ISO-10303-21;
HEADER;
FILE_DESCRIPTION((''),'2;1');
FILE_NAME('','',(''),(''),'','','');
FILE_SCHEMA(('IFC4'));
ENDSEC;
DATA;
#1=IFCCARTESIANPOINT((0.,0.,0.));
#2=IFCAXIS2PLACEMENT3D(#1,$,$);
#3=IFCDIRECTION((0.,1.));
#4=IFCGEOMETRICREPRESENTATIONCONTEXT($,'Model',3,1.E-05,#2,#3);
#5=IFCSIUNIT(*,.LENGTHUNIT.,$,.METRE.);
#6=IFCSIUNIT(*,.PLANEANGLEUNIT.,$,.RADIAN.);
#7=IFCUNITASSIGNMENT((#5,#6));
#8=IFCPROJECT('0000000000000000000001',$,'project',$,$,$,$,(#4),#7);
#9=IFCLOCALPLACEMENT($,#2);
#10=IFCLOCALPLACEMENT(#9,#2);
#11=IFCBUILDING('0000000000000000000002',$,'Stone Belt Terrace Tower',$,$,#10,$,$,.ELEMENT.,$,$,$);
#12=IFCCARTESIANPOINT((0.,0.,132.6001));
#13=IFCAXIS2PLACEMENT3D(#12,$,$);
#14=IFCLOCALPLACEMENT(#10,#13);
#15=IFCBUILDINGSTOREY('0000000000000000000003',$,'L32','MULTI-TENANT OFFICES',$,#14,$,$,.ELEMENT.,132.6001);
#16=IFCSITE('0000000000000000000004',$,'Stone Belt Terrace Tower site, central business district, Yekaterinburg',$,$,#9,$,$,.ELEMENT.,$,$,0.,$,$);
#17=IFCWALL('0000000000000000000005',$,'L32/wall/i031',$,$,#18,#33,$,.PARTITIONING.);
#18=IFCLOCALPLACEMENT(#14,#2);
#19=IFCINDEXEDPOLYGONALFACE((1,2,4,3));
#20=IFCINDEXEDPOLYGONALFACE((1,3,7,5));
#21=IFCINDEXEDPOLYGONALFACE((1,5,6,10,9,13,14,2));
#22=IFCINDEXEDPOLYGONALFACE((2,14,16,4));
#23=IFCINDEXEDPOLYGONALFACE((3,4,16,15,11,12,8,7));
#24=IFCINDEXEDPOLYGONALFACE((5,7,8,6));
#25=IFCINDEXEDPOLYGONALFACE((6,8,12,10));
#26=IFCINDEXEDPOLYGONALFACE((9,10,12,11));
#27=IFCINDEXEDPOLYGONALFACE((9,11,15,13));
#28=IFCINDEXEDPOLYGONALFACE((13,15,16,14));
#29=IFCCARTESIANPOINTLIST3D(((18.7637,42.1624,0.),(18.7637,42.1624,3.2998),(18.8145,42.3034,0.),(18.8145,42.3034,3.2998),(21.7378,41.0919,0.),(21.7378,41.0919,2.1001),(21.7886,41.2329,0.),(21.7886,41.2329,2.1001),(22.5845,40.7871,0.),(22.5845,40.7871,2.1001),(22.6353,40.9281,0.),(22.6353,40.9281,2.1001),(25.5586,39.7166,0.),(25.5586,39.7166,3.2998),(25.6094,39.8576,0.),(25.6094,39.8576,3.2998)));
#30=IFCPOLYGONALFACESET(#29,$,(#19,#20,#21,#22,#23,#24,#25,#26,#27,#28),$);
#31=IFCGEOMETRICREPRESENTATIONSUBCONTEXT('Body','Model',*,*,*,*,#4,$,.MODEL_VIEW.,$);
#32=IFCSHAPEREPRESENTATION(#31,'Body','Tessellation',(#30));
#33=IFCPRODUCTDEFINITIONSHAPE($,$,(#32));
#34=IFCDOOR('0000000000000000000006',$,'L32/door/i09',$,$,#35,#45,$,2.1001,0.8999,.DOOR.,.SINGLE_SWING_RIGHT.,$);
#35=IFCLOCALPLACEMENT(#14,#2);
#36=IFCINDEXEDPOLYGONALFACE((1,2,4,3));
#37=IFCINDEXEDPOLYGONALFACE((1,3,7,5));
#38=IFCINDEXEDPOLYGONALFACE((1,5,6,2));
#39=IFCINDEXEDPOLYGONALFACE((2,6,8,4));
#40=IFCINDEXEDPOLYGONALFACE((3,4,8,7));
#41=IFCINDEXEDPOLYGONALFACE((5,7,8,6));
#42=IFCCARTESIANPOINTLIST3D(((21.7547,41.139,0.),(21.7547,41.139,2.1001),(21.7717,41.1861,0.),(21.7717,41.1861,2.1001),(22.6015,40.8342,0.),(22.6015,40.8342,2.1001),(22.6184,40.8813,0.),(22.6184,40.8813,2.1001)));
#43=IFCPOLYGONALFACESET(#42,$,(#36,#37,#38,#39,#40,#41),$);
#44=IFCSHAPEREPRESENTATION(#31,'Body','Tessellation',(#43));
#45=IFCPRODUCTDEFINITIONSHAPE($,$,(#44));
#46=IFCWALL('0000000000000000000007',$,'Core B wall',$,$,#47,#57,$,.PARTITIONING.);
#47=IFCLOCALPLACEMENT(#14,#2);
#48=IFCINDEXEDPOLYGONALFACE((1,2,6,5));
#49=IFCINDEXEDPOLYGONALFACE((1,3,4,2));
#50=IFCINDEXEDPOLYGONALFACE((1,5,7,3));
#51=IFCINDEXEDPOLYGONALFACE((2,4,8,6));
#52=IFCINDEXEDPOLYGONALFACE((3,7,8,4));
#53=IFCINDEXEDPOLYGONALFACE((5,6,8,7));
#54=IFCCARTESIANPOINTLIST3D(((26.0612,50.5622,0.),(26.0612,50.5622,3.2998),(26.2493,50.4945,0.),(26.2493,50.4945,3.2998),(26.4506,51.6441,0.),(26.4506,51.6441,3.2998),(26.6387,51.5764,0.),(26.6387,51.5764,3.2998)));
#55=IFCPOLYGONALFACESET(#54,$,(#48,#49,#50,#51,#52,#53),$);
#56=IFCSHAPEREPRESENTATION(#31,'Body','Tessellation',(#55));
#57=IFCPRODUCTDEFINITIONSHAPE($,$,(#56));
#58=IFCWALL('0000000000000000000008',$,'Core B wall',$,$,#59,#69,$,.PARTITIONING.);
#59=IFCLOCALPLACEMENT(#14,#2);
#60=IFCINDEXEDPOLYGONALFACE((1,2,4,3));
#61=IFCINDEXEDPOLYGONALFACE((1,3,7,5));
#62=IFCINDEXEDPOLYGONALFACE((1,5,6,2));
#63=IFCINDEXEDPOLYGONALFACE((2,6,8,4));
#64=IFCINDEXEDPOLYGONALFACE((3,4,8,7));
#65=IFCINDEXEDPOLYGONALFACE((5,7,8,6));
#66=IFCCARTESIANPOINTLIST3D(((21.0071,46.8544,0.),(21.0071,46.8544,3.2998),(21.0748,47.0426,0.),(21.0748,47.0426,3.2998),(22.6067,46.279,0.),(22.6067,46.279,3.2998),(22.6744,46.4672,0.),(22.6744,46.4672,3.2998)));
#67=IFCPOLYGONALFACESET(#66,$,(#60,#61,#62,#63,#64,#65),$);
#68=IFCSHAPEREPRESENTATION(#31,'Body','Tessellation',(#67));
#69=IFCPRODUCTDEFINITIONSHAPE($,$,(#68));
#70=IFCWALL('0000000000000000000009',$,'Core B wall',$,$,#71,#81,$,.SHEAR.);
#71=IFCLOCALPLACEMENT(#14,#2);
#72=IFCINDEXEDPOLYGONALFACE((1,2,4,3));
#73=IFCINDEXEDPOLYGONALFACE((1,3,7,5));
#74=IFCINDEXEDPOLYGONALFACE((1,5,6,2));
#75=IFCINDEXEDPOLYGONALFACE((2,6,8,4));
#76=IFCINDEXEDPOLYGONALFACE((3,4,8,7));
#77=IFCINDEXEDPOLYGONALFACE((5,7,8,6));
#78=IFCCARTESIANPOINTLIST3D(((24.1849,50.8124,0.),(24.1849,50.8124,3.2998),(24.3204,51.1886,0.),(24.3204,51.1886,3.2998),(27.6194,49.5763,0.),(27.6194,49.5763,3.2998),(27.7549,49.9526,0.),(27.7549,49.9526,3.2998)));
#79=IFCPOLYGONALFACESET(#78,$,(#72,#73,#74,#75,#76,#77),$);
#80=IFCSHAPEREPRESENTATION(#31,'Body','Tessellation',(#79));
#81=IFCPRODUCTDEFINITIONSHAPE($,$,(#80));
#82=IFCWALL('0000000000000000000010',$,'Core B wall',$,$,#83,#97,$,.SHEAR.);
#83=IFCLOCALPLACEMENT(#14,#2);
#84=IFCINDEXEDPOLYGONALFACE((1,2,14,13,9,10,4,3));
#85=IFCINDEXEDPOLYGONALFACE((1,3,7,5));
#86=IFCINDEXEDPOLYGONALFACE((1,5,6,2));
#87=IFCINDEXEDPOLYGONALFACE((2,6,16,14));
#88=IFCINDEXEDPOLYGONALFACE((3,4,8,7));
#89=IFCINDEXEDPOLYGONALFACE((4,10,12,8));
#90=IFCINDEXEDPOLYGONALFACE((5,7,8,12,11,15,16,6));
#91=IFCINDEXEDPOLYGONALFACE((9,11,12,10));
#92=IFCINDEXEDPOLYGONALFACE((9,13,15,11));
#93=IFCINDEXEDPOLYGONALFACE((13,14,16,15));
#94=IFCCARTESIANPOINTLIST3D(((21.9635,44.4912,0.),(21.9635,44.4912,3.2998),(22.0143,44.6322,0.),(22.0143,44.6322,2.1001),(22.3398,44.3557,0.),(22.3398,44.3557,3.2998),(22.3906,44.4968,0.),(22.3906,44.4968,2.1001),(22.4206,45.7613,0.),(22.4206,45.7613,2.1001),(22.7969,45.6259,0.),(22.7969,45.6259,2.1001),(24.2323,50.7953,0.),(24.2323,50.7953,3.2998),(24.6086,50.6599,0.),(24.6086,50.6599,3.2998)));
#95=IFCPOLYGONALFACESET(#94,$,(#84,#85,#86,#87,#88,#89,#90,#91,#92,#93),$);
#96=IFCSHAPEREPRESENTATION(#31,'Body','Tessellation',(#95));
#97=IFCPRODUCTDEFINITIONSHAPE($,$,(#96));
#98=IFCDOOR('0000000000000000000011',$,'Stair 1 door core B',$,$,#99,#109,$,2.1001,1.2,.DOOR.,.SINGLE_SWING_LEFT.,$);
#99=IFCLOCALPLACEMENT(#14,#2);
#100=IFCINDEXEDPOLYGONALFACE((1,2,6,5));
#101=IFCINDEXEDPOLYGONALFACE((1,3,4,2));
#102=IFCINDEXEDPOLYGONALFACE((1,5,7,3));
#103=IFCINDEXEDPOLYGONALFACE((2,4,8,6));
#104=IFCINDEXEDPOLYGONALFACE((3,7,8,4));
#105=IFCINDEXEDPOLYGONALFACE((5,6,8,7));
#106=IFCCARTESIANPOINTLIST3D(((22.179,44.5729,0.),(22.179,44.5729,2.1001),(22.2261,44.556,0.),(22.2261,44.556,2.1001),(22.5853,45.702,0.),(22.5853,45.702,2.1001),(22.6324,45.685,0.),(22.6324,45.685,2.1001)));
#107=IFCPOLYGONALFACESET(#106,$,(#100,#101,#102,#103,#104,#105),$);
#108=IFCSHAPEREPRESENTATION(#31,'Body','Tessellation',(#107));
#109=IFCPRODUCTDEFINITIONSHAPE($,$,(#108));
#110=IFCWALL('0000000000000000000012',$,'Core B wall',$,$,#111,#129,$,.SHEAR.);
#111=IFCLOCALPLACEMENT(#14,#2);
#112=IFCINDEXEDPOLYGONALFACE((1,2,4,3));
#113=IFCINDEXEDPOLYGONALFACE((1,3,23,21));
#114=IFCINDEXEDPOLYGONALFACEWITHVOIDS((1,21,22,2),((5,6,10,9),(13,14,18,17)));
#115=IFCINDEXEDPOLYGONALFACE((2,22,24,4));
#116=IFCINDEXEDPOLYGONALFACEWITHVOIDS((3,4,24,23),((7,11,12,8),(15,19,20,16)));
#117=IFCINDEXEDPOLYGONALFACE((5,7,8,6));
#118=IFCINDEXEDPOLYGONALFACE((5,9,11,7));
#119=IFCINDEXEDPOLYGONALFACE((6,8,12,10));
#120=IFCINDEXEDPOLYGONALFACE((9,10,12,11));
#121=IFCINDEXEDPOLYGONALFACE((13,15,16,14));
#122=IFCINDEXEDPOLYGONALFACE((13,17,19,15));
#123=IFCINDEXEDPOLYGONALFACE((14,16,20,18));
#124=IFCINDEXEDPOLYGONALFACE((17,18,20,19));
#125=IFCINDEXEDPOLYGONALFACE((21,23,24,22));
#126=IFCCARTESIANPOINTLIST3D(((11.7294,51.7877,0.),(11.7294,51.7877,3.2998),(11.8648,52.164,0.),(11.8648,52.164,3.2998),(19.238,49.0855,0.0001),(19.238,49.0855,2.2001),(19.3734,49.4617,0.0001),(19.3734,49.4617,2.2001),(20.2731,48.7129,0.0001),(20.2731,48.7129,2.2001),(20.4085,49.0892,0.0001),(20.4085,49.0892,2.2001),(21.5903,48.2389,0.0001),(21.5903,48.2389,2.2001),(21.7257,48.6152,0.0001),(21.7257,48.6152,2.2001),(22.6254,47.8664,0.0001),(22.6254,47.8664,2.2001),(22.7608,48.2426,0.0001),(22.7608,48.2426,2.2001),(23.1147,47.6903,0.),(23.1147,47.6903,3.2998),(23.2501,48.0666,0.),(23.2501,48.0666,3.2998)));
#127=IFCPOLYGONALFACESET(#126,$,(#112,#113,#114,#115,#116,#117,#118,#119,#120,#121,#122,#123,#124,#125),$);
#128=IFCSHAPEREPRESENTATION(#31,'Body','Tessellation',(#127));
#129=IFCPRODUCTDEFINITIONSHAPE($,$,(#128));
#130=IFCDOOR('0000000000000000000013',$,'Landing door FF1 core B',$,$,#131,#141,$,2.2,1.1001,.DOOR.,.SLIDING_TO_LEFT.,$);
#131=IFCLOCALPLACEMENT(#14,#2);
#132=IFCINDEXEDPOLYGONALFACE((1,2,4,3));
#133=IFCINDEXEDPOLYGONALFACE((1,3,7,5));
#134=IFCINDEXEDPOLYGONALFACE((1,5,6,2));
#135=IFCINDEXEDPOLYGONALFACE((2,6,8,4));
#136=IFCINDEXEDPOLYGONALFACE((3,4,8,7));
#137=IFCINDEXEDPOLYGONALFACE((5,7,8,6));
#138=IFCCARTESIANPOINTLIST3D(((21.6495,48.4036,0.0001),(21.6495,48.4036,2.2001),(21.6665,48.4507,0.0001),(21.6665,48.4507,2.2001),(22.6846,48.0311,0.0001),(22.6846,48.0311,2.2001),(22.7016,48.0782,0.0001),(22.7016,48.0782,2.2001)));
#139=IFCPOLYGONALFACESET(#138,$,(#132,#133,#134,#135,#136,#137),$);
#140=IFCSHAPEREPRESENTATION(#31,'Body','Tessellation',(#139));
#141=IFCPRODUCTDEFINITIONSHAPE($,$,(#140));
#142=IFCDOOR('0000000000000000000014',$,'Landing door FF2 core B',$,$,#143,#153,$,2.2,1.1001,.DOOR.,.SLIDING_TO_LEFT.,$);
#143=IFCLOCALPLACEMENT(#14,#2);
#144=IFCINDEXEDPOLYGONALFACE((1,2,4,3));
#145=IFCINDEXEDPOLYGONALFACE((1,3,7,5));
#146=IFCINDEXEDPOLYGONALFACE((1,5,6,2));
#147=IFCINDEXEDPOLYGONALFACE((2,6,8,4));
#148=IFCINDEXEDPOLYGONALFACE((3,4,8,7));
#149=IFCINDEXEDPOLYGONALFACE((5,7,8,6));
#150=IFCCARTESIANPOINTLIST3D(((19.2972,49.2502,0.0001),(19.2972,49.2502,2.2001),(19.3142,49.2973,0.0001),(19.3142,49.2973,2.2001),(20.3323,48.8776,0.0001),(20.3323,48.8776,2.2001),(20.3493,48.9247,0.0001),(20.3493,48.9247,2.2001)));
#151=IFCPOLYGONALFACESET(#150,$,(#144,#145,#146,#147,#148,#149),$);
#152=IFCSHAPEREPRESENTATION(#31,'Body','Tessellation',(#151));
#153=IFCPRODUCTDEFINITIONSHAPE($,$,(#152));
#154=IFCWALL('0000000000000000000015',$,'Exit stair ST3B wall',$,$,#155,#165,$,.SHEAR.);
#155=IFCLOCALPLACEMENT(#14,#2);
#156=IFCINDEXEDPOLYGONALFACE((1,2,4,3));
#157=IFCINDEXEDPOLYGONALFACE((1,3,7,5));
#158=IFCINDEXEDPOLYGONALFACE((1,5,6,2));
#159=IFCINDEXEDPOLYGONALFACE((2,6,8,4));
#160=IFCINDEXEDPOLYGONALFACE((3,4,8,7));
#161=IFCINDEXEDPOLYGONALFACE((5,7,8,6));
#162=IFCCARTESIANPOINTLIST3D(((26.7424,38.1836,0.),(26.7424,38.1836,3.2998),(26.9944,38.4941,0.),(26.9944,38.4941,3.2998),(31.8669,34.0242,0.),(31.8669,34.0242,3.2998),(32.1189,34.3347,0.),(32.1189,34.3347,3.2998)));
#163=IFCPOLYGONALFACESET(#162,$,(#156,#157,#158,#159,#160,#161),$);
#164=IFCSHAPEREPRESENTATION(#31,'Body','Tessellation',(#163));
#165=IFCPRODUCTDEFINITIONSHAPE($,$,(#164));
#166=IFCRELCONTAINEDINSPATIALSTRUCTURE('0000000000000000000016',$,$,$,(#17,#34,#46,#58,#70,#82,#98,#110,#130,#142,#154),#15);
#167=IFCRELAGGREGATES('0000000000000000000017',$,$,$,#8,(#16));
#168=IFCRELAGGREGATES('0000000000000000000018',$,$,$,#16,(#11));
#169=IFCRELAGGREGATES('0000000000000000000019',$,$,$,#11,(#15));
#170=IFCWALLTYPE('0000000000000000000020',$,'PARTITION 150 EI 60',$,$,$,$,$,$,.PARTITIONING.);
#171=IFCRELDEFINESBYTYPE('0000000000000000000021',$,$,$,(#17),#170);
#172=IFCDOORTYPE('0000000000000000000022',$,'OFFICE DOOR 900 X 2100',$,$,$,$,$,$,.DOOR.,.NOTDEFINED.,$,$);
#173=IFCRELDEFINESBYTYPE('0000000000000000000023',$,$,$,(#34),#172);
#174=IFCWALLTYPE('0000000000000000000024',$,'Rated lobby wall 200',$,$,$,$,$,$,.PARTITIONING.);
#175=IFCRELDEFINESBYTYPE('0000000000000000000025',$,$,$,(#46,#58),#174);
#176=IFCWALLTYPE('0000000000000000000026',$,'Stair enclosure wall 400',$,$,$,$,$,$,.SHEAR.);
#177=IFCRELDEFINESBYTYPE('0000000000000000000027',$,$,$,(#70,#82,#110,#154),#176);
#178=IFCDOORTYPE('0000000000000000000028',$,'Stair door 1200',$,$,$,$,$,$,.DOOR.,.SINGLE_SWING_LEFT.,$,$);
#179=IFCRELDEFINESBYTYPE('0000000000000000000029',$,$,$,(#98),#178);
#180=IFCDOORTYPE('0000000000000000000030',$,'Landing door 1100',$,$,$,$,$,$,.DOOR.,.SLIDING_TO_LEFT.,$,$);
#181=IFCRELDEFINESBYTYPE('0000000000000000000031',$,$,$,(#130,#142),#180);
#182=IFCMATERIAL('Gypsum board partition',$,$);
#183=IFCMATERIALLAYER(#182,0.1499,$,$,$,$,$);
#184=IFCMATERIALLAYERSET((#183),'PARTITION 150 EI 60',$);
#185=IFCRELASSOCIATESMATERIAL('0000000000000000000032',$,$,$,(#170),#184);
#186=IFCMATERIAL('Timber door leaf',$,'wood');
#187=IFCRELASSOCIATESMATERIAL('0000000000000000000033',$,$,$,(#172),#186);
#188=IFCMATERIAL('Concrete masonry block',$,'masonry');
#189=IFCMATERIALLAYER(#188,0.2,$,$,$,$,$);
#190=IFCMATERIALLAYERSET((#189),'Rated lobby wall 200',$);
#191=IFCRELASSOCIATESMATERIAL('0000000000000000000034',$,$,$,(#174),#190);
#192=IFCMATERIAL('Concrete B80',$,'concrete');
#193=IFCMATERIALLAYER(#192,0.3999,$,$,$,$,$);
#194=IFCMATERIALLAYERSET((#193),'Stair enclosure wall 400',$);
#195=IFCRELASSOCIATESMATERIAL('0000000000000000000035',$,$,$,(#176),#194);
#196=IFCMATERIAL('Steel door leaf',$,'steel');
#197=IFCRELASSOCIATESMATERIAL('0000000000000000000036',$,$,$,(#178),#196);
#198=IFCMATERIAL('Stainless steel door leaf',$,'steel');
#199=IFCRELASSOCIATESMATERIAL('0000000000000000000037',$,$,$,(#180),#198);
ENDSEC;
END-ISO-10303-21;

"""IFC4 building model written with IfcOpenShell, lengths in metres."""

from ifc_helpers import new_model, si_unit, direction, frame, frame_2d, origin, place, context, subcontext, project, spatial, rectangle, extrude, material, layer, layer_set, type_object, element, fill, save


model = new_model("IFC4")

# Units and contexts
model_context = context("Model", 3, precision=1e-05, world=origin(), true_north=direction((0.0, 1.0)))
body_context = subcontext(model_context, "Body", "Model", "MODEL_VIEW")
ifc_project = project(units=[si_unit("LENGTHUNIT", "METRE"), si_unit("PLANEANGLEUNIT", "RADIAN")], contexts=[model_context])

# Site, building, storey
site_placement = place(None, origin())
site = spatial("IfcSite", under=ifc_project, at=site_placement, Name="Stone Belt Terrace Tower site, central business district, Yekaterinburg", CompositionType="ELEMENT", RefElevation=0.0)
building_placement = place(site_placement, origin())
building = spatial("IfcBuilding", under=site, at=building_placement, Name="Stone Belt Terrace Tower", CompositionType="ELEMENT")
storey_placement = place(building_placement, frame((0.0, 0.0, 132.6001)))
storey = spatial("IfcBuildingStorey", under=building, at=storey_placement, Name="L32", Description="MULTI-TENANT OFFICES", CompositionType="ELEMENT", Elevation=132.6001)

# Shared definitions
ifc_material_1 = material(Name="Concrete B80", Category="concrete")

# Shared definitions
ifc_material_2 = material(Name="Timber door leaf", Category="wood")

# Shared definitions
ifc_material_3 = material(Name="Gypsum board partition")
ifc_layer_1 = layer(ifc_material_3, 0.1499)
ifc_layer_set_1 = layer_set([ifc_layer_1], Name="PARTITION 150 EI 60")
wall_type_1 = type_object("IfcWallType", Name="PARTITION 150 EI 60", PredefinedType="PARTITIONING", material=ifc_layer_set_1)

# Wall, opening, door
wall_1_placement = place(storey_placement, frame((25.584, 39.7871, 0.0), z_axis=(0.0, 0.0, 1.0), x_axis=(-0.940904, 0.338674, 0.0)))
wall_1 = element("IfcWall", 1, at=wall_1_placement, inside=storey, type_object=wall_type_1, Name="L32/wall/i031", PredefinedType="PARTITIONING", context=body_context, shape_type="SweptSolid", body=[
    extrude(rectangle(XDim=7.2217, YDim=0.1499, at=frame_2d((3.6108, 0.0))), origin(), (0.0, 0.0, 1.0), 3.2998),
])
opening_1_placement = place(wall_1_placement, frame((3.1609, 0.0, 0.0)))
opening_1 = element("IfcOpeningElement", 2, at=opening_1_placement, cuts=wall_1, PredefinedType="OPENING", context=body_context, shape_type="SweptSolid", body=[
    extrude(rectangle(XDim=0.8999, YDim=2.1001, at=frame_2d((0.45, 1.05))), frame((0.0, 0.085, 0.0), z_axis=(0.0, -1.0, 0.0), x_axis=(1.0, 0.0, 0.0)), (0.0, 0.0, 1.0), 0.1699),
])
door_type_1 = type_object("IfcDoorType", Name="OFFICE DOOR 900 X 2100", OperationType="NOTDEFINED", PredefinedType="DOOR", material=ifc_material_2)
door_1_placement = place(opening_1_placement, origin())
door_1 = element("IfcDoor", 3, at=door_1_placement, inside=storey, type_object=door_type_1, Name="L32/door/i09", OperationType="SINGLE_SWING_RIGHT", OverallHeight=2.1001, OverallWidth=0.8999, PredefinedType="DOOR", context=body_context, shape_type="SweptSolid", body=[
    extrude(rectangle(XDim=0.8999, YDim=2.1001, at=frame_2d((0.45, 1.05))), frame((0.0, 0.0249, 0.0), z_axis=(0.0, -1.0, 0.0), x_axis=(1.0, 0.0, 0.0)), (0.0, 0.0, 1.0), 0.05),
])
fill(opening_1, door_1)

# Walls
ifc_material_4 = material(Name="Concrete masonry block", Category="masonry")
ifc_layer_2 = layer(ifc_material_4, 0.2)
ifc_layer_set_2 = layer_set([ifc_layer_2], Name="Rated lobby wall 200")
wall_type_2 = type_object("IfcWallType", Name="Rated lobby wall 200", PredefinedType="PARTITIONING", material=ifc_layer_set_2)
wall_2_placement = place(storey_placement, frame((26.1553, 50.5283, 0.0), z_axis=(0.0, 0.0, 1.0), x_axis=(0.338622, 0.940923, 0.0)))
element("IfcWall", 4, at=wall_2_placement, inside=storey, type_object=wall_type_2, Name="Core B wall", PredefinedType="PARTITIONING", context=body_context, shape_type="SweptSolid", body=[
    extrude(rectangle(XDim=1.1499, YDim=0.2, at=frame_2d((0.575, 0.0))), origin(), (0.0, 0.0, 1.0), 3.2998),
])
wall_3_placement = place(storey_placement, frame((22.6406, 46.373, 0.0), z_axis=(0.0, 0.0, 1.0), x_axis=(-0.940966, 0.338501, 0.0)))
element("IfcWall", 5, at=wall_3_placement, inside=storey, type_object=wall_type_2, Name="Core B wall", PredefinedType="PARTITIONING", context=body_context, shape_type="SweptSolid", body=[
    extrude(rectangle(XDim=1.7, YDim=0.2, at=frame_2d((0.8501, 0.0))), origin(), (0.0, 0.0, 1.0), 3.2998),
])
ifc_layer_3 = layer(ifc_material_1, 0.3999)
ifc_layer_set_3 = layer_set([ifc_layer_3], Name="Stair enclosure wall 400")
wall_type_3 = type_object("IfcWallType", Name="Stair enclosure wall 400", PredefinedType="SHEAR", material=ifc_layer_set_3)
wall_4_placement = place(storey_placement, frame((27.6873, 49.7644, 0.0), z_axis=(0.0, 0.0, 1.0), x_axis=(-0.940919, 0.338632, 0.0)))
element("IfcWall", 6, at=wall_4_placement, inside=storey, type_object=wall_type_3, Name="Core B wall", PredefinedType="SHEAR", context=body_context, shape_type="SweptSolid", body=[
    extrude(rectangle(XDim=3.6501, YDim=0.3999, at=frame_2d((1.8252, 0.0))), origin(), (0.0, 0.0, 1.0), 3.2998),
])

# Wall, opening, door
wall_5_placement = place(storey_placement, frame((22.1516, 44.4233, 0.0), z_axis=(0.0, 0.0, 1.0), x_axis=(0.338625, 0.940921, 0.0)))
wall_5 = element("IfcWall", 7, at=wall_5_placement, inside=storey, type_object=wall_type_3, Name="Core B wall", PredefinedType="SHEAR", context=body_context, shape_type="SweptSolid", body=[
    extrude(rectangle(XDim=6.7, YDim=0.3999, at=frame_2d((3.3501, 0.0))), origin(), (0.0, 0.0, 1.0), 3.2998),
])
opening_2_placement = place(wall_5_placement, frame((0.1499, 0.0, 0.0)))
opening_2 = element("IfcOpeningElement", 8, at=opening_2_placement, cuts=wall_5, PredefinedType="OPENING", context=body_context, shape_type="SweptSolid", body=[
    extrude(rectangle(XDim=1.2, YDim=2.1001, at=frame_2d((0.6001, 1.05))), frame((0.0, 0.21, 0.0), z_axis=(0.0, -1.0, 0.0), x_axis=(1.0, 0.0, 0.0)), (0.0, 0.0, 1.0), 0.4199),
])
ifc_material_5 = material(Name="Steel door leaf", Category="steel")
door_type_2 = type_object("IfcDoorType", Name="Stair door 1200", OperationType="SINGLE_SWING_LEFT", PredefinedType="DOOR", material=ifc_material_5)
door_2_placement = place(opening_2_placement, origin())
door_2 = element("IfcDoor", 9, at=door_2_placement, inside=storey, type_object=door_type_2, Name="Stair 1 door core B", OperationType="SINGLE_SWING_LEFT", OverallHeight=2.1001, OverallWidth=1.2, PredefinedType="DOOR", context=body_context, shape_type="SweptSolid", body=[
    extrude(rectangle(XDim=1.2, YDim=2.1001, at=frame_2d((0.6001, 1.05))), frame((0.0, 0.0249, 0.0), z_axis=(0.0, -1.0, 0.0), x_axis=(1.0, 0.0, 0.0)), (0.0, 0.0, 1.0), 0.05),
])
fill(opening_2, door_2)

# Wall, openings, doors
wall_6_placement = place(storey_placement, frame((23.1824, 47.8784, 0.0), z_axis=(0.0, 0.0, 1.0), x_axis=(-0.940921, 0.338626, 0.0)))
wall_6 = element("IfcWall", 10, at=wall_6_placement, inside=storey, type_object=wall_type_3, Name="Core B wall", PredefinedType="SHEAR", context=body_context, shape_type="SweptSolid", body=[
    extrude(rectangle(XDim=12.1001, YDim=0.3999, at=frame_2d((6.05, 0.0))), origin(), (0.0, 0.0, 1.0), 3.2998),
])
opening_3_placement = place(wall_6_placement, frame((0.52, 0.0, 0.0)))
opening_3 = element("IfcOpeningElement", 11, at=opening_3_placement, cuts=wall_6, PredefinedType="OPENING", context=body_context, shape_type="SweptSolid", body=[
    extrude(rectangle(XDim=1.1001, YDim=2.2, at=frame_2d((0.55, 1.1001))), frame((0.0, 0.21, 0.0), z_axis=(0.0, -1.0, 0.0), x_axis=(1.0, 0.0, 0.0)), (0.0, 0.0, 1.0), 0.4199),
])
opening_4_placement = place(wall_6_placement, frame((3.02, 0.0, 0.0)))
opening_4 = element("IfcOpeningElement", 12, at=opening_4_placement, cuts=wall_6, PredefinedType="OPENING", context=body_context, shape_type="SweptSolid", body=[
    extrude(rectangle(XDim=1.1001, YDim=2.2, at=frame_2d((0.55, 1.1001))), frame((0.0, 0.21, 0.0), z_axis=(0.0, -1.0, 0.0), x_axis=(1.0, 0.0, 0.0)), (0.0, 0.0, 1.0), 0.4199),
])
ifc_material_6 = material(Name="Stainless steel door leaf", Category="steel")
door_type_3 = type_object("IfcDoorType", Name="Landing door 1100", OperationType="SLIDING_TO_LEFT", PredefinedType="DOOR", material=ifc_material_6)
door_3_placement = place(opening_3_placement, origin())
door_3 = element("IfcDoor", 13, at=door_3_placement, inside=storey, type_object=door_type_3, Name="Landing door FF1 core B", OperationType="SLIDING_TO_LEFT", OverallHeight=2.2, OverallWidth=1.1001, PredefinedType="DOOR", context=body_context, shape_type="SweptSolid", body=[
    extrude(rectangle(XDim=1.1001, YDim=2.2, at=frame_2d((0.55, 1.1001))), frame((0.0, 0.0249, 0.0), z_axis=(0.0, -1.0, 0.0), x_axis=(1.0, 0.0, 0.0)), (0.0, 0.0, 1.0), 0.05),
])
fill(opening_3, door_3)
door_4_placement = place(opening_4_placement, origin())
door_4 = element("IfcDoor", 14, at=door_4_placement, inside=storey, type_object=door_type_3, Name="Landing door FF2 core B", OperationType="SLIDING_TO_LEFT", OverallHeight=2.2, OverallWidth=1.1001, PredefinedType="DOOR", context=body_context, shape_type="SweptSolid", body=[
    extrude(rectangle(XDim=1.1001, YDim=2.2, at=frame_2d((0.55, 1.1001))), frame((0.0, 0.0249, 0.0), z_axis=(0.0, -1.0, 0.0), x_axis=(1.0, 0.0, 0.0)), (0.0, 0.0, 1.0), 0.05),
])
fill(opening_4, door_4)

# Wall
wall_7_placement = place(storey_placement, frame((26.8684, 38.3389, 0.0), z_axis=(0.0, 0.0, 1.0), x_axis=(0.776428, -0.630205, 0.0)))
element("IfcWall", 15, at=wall_7_placement, inside=storey, type_object=wall_type_3, Name="Exit stair ST3B wall", PredefinedType="SHEAR", context=body_context, shape_type="SweptSolid", body=[
    extrude(rectangle(XDim=6.6001, YDim=0.3999, at=frame_2d((3.3, 0.0))), origin(), (0.0, 0.0, 1.0), 3.2998),
])

save(model, "model.ifc")
